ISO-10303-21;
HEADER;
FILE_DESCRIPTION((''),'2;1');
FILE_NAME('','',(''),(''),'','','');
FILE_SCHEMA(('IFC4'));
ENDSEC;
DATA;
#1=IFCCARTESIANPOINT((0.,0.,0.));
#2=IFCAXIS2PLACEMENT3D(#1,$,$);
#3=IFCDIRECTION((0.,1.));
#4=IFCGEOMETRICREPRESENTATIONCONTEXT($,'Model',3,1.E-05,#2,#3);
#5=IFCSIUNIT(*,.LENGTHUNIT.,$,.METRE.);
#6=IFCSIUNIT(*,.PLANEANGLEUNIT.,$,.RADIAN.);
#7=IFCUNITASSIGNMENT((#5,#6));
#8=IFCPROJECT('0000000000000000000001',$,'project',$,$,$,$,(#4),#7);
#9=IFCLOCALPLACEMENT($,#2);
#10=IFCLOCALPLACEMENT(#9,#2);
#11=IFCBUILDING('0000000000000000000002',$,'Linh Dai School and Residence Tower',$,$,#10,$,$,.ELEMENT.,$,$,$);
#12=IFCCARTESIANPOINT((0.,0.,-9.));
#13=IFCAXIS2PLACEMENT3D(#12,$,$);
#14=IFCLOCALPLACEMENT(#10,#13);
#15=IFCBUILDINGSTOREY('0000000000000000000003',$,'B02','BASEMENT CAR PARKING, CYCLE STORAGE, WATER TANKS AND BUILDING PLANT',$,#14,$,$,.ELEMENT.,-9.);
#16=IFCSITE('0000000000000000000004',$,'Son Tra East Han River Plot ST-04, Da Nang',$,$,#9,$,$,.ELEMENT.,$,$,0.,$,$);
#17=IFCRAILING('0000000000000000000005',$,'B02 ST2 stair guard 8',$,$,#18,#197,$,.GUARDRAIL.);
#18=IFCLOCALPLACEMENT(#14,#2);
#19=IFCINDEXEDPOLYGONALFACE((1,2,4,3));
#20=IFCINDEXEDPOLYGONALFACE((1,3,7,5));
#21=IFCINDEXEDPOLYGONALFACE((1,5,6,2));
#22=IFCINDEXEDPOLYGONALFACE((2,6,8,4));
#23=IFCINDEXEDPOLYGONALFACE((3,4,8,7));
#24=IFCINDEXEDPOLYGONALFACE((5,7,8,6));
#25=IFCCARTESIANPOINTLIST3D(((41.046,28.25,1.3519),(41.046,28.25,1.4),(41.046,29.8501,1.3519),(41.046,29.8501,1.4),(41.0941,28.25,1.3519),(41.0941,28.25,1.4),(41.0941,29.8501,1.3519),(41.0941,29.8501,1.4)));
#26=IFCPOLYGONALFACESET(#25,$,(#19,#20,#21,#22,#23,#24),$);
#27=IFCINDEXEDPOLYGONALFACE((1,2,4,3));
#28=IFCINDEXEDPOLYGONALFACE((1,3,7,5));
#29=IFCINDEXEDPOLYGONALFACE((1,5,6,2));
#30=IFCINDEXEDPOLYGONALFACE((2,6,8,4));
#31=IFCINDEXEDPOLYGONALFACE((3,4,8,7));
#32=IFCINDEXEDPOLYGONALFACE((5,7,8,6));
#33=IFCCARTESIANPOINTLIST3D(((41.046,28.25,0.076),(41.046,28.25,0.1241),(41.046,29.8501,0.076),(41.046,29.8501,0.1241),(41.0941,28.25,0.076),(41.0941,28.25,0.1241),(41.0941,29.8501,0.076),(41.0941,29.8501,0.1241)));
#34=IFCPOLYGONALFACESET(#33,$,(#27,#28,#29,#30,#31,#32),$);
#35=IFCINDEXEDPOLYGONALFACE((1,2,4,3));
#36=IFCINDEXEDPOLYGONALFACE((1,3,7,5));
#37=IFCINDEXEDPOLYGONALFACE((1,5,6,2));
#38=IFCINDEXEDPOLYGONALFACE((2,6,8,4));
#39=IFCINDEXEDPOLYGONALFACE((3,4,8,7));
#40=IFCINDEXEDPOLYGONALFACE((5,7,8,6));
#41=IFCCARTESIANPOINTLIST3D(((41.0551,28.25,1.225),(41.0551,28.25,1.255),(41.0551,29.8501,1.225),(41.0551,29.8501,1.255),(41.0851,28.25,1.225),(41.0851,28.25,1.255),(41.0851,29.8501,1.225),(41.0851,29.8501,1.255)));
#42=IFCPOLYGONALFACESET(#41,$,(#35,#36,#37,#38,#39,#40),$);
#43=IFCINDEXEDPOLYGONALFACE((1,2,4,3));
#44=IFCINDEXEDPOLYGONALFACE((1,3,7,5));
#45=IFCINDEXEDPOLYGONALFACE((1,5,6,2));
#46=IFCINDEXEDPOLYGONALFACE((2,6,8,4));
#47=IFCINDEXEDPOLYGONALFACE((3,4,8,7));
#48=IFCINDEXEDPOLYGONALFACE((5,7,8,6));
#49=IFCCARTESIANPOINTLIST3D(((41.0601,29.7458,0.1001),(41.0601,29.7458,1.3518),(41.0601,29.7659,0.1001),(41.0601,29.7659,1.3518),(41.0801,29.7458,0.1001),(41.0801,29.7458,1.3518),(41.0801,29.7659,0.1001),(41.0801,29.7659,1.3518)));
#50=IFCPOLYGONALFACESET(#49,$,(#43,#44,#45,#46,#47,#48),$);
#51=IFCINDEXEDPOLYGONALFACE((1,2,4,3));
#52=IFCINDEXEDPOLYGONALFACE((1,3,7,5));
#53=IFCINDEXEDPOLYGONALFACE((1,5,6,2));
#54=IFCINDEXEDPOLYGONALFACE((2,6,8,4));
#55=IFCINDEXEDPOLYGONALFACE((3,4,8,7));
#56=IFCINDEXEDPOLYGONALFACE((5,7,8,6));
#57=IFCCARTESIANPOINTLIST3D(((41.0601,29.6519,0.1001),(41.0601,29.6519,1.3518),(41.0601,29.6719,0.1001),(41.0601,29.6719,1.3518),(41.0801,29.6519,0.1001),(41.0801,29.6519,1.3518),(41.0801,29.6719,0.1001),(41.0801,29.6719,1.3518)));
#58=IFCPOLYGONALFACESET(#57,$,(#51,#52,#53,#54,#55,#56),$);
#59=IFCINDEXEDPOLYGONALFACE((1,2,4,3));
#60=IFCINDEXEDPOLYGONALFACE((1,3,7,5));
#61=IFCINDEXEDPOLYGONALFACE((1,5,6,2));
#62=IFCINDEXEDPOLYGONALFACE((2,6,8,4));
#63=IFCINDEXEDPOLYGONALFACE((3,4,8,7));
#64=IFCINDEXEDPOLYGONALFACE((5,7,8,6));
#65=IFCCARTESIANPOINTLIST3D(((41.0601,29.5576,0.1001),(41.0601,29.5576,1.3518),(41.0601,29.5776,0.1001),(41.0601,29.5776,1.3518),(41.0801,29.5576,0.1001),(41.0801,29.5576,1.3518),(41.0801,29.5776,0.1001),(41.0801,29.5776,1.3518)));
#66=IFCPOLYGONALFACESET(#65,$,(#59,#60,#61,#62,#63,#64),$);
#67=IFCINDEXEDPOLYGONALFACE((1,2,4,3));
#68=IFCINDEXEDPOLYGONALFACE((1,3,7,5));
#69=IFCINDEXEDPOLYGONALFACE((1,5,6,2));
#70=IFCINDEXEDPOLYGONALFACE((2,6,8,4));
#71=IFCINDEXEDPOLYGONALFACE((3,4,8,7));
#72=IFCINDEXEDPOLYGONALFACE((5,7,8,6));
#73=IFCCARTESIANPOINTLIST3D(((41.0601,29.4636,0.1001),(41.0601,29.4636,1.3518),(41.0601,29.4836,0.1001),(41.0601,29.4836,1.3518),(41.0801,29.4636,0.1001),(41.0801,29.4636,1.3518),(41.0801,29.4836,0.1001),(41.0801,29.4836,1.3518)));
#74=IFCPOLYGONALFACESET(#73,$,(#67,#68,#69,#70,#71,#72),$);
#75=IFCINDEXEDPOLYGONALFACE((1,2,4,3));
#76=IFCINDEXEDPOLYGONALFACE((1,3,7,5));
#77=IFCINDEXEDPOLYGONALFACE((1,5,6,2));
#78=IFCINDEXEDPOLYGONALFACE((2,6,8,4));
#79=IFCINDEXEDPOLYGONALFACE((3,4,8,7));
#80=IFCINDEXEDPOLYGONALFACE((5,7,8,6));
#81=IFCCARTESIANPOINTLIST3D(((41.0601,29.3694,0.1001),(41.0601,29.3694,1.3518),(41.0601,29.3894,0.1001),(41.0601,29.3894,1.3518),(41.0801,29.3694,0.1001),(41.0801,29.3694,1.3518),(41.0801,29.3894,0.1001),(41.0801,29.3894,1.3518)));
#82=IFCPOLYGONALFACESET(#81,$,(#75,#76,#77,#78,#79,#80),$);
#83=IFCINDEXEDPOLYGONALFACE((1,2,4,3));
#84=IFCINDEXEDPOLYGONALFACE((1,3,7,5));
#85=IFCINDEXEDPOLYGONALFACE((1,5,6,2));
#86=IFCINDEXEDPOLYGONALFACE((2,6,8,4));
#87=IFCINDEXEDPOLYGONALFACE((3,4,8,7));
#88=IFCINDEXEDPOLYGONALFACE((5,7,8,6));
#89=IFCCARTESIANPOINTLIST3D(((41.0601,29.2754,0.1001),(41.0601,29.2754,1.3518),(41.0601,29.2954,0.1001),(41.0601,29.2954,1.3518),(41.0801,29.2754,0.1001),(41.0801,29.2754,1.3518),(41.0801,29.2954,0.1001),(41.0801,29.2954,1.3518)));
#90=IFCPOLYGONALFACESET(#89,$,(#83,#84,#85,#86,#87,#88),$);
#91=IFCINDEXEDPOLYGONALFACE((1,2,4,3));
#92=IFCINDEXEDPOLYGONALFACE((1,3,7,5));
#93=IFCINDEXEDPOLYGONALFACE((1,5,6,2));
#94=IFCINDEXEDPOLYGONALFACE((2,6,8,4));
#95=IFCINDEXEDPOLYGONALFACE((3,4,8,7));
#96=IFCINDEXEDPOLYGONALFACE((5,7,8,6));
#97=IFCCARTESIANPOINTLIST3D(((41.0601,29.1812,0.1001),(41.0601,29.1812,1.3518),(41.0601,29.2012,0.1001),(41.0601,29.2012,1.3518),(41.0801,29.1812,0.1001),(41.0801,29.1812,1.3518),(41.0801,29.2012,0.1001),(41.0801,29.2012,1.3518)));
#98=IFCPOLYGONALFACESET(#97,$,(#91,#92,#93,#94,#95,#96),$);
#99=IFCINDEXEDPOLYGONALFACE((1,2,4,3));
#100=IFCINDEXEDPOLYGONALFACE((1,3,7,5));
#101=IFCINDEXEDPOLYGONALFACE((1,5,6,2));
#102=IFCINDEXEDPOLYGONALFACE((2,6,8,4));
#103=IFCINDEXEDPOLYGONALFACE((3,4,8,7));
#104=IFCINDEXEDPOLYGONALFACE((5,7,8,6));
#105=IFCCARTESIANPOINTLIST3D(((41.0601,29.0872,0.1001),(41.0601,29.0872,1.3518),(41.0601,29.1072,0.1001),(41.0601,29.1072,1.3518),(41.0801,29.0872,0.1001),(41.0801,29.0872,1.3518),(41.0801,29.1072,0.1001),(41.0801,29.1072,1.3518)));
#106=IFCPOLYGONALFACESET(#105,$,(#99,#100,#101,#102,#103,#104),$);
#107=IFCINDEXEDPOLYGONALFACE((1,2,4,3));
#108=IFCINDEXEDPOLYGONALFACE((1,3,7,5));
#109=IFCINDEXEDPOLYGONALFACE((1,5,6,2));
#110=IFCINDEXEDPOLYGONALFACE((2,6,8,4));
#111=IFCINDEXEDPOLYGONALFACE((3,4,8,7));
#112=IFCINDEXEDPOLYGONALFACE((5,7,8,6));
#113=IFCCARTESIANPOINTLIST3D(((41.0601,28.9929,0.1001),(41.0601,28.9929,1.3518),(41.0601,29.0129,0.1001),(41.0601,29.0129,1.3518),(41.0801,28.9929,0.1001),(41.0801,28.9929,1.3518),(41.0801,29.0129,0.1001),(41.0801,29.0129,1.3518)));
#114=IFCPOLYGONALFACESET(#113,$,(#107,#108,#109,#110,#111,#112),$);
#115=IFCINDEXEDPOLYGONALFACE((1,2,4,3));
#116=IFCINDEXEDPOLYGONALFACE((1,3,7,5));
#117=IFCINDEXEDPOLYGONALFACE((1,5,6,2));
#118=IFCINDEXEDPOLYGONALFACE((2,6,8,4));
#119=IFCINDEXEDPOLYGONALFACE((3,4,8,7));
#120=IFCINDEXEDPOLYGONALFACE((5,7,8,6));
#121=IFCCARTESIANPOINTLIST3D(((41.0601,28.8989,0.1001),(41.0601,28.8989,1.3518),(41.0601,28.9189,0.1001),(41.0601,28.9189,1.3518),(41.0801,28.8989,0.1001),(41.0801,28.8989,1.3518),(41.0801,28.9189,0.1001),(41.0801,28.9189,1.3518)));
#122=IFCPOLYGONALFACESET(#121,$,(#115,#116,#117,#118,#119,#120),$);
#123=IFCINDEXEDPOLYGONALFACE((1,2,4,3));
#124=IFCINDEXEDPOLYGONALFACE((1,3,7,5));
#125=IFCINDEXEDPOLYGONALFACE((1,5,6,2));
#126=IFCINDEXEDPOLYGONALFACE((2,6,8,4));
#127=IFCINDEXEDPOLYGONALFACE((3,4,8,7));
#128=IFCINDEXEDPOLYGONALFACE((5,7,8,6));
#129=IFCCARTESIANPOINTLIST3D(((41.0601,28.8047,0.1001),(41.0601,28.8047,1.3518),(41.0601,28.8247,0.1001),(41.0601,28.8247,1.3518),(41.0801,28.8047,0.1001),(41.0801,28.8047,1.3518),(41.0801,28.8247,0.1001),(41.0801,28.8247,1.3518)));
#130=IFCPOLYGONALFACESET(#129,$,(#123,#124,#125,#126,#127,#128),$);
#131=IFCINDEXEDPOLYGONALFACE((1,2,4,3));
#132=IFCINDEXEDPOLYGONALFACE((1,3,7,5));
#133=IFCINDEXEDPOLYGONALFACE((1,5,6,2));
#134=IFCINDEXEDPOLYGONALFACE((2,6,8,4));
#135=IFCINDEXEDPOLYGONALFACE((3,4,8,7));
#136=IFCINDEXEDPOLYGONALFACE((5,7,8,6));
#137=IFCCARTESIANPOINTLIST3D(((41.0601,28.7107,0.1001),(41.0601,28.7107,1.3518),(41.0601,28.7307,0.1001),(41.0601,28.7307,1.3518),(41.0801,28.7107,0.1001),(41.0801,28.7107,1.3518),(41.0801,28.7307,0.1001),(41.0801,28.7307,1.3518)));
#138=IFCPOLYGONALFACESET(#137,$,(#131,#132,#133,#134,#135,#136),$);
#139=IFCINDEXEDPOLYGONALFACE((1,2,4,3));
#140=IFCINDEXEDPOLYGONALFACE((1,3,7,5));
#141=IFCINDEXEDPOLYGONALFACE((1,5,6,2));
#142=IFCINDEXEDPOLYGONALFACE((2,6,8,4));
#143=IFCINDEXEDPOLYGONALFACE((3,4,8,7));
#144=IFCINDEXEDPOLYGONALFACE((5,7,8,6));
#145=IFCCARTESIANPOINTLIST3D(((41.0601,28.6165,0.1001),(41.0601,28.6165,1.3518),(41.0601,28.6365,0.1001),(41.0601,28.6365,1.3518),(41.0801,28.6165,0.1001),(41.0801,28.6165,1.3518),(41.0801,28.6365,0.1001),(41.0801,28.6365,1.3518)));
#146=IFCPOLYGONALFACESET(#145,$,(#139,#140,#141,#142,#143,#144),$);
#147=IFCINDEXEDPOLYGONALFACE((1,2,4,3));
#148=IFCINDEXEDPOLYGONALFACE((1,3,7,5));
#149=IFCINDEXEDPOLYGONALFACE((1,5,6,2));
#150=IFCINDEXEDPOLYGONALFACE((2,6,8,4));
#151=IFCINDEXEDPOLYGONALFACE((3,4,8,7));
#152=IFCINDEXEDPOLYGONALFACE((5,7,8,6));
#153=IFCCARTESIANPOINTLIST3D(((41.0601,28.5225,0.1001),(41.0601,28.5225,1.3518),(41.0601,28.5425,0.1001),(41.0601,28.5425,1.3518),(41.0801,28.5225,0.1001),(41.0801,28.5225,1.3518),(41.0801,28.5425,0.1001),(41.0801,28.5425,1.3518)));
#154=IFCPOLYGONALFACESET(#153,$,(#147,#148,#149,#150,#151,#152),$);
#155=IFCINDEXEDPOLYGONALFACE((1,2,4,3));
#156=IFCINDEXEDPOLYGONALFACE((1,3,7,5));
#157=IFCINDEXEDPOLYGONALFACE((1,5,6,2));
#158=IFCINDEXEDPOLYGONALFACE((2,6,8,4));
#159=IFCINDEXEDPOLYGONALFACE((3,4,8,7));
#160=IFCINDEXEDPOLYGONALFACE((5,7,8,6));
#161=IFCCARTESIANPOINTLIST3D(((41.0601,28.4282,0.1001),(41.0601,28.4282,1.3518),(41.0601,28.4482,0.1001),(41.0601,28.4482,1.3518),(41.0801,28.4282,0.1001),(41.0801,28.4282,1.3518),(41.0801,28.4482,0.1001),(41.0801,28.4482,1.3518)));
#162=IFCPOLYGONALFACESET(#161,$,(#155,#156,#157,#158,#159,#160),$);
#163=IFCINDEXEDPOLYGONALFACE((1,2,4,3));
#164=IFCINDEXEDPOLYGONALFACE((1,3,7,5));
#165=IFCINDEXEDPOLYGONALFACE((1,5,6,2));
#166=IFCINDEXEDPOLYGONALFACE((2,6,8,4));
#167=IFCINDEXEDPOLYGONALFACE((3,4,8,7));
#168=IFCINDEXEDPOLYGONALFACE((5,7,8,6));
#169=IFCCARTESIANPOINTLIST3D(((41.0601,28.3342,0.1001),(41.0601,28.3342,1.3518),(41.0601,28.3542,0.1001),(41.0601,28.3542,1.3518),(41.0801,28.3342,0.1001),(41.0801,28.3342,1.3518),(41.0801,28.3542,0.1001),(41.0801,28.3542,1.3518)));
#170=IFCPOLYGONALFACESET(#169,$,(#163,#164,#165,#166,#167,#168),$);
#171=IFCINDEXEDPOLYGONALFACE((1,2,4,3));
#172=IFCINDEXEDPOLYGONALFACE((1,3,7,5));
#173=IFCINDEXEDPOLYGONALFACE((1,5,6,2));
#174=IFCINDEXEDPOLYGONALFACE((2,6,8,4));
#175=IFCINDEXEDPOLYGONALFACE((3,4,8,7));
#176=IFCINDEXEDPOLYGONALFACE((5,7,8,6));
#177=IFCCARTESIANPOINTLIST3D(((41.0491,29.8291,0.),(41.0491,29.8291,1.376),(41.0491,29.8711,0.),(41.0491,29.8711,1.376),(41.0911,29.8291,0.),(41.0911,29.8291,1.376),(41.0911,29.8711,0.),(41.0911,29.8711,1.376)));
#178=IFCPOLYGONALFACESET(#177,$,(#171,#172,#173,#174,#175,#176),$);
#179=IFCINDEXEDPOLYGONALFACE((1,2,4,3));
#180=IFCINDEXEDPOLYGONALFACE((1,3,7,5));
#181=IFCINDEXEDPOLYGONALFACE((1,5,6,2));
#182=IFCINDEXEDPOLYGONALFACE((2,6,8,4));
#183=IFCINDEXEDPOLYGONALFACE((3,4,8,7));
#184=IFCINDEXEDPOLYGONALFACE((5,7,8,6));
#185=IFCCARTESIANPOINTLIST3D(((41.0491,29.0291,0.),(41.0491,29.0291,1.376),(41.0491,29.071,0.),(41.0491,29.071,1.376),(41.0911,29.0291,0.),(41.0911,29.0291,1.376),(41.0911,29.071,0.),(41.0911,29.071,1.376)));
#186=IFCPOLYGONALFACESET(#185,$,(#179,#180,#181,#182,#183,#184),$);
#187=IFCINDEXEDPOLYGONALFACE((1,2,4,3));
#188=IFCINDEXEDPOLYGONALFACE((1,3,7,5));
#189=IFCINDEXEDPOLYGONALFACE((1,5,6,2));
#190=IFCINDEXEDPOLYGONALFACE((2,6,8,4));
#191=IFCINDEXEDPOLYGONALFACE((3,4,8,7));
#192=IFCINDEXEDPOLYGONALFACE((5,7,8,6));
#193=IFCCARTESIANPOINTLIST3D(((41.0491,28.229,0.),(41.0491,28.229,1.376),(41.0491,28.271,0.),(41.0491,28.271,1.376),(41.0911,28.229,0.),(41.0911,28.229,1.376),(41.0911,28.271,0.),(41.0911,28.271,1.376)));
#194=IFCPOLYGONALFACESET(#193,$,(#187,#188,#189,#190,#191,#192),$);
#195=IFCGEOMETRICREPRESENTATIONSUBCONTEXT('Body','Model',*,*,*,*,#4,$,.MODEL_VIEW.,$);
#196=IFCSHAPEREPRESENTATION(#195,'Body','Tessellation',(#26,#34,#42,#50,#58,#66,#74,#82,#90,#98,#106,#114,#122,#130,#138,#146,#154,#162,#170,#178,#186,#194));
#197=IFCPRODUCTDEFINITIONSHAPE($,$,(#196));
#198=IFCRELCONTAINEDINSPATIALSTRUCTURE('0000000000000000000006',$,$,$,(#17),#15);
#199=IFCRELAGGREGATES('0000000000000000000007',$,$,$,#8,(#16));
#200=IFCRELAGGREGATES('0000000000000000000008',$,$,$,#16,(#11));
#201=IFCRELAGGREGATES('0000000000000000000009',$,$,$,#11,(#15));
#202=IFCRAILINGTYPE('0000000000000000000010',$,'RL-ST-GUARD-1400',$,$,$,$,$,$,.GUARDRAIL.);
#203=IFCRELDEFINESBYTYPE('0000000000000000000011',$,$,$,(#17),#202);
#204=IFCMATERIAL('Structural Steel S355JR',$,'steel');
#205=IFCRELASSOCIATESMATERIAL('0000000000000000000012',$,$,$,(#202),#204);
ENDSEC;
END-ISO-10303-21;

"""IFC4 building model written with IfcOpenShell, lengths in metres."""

from ifc_helpers import new_model, si_unit, direction, frame, origin, origin_2d, place, context, subcontext, project, spatial, rectangle, extrude, source, transform, mapped, material, type_object, element, save


model = new_model("IFC4")

# Units and contexts
model_context = context("Model", 3, precision=1e-05, world=origin(), true_north=direction((0.0, 1.0)))
body_context = subcontext(model_context, "Body", "Model", "MODEL_VIEW")
ifc_project = project(units=[si_unit("LENGTHUNIT", "METRE"), si_unit("PLANEANGLEUNIT", "RADIAN")], contexts=[model_context])

# Site, building, storey
site_placement = place(None, origin())
site = spatial("IfcSite", under=ifc_project, at=site_placement, Name="Son Tra East Han River Plot ST-04, Da Nang", CompositionType="ELEMENT", RefElevation=0.0)
building_placement = place(site_placement, origin())
building = spatial("IfcBuilding", under=site, at=building_placement, Name="Linh Dai School and Residence Tower", CompositionType="ELEMENT")
storey_placement = place(building_placement, frame((0.0, 0.0, -9.0)))
storey = spatial("IfcBuildingStorey", under=building, at=storey_placement, Name="B02", Description="BASEMENT CAR PARKING, CYCLE STORAGE, WATER TANKS AND BUILDING PLANT", CompositionType="ELEMENT", Elevation=-9.0)

# Shared definitions
ifc_material_1 = material(Name="Structural Steel S355JR", Category="steel")

# Railing
railing_type_1 = type_object("IfcRailingType", Name="RL-ST-GUARD-1400", PredefinedType="GUARDRAIL", material=ifc_material_1)
shared_shape_1 = source(origin(), body_context, "Body", "SweptSolid", [
    extrude(rectangle(XDim=0.0481, YDim=0.0481, at=origin_2d()), frame((0.0, 0.0, 1.376), z_axis=(0.0, -1.0, 0.0), x_axis=(1.0, 0.0, 0.0)), (0.0, 0.0, 1.0), 1.6001),
    extrude(rectangle(XDim=0.0481, YDim=0.0481, at=origin_2d()), frame((0.0, 0.0, 0.1001), z_axis=(0.0, -1.0, 0.0), x_axis=(1.0, 0.0, 0.0)), (0.0, 0.0, 1.0), 1.6001),
    extrude(rectangle(XDim=0.03, YDim=0.03, at=origin_2d()), frame((0.0, 0.0, 1.24), z_axis=(0.0, -1.0, 0.0), x_axis=(1.0, 0.0, 0.0)), (0.0, 0.0, 1.0), 1.6001),
    extrude(rectangle(XDim=0.02, YDim=0.02, at=origin_2d()), frame((0.0, -0.0942, 0.1001)), (0.0, 0.0, 1.0), 1.2517),
    extrude(rectangle(XDim=0.02, YDim=0.02, at=origin_2d()), frame((0.0, -0.1882, 0.1001)), (0.0, 0.0, 1.0), 1.2517),
    extrude(rectangle(XDim=0.02, YDim=0.02, at=origin_2d()), frame((0.0, -0.2825, 0.1001)), (0.0, 0.0, 1.0), 1.2517),
    extrude(rectangle(XDim=0.02, YDim=0.02, at=origin_2d()), frame((0.0, -0.3765, 0.1001)), (0.0, 0.0, 1.0), 1.2517),
    extrude(rectangle(XDim=0.02, YDim=0.02, at=origin_2d()), frame((0.0, -0.4707, 0.1001)), (0.0, 0.0, 1.0), 1.2517),
    extrude(rectangle(XDim=0.02, YDim=0.02, at=origin_2d()), frame((0.0, -0.5647, 0.1001)), (0.0, 0.0, 1.0), 1.2517),
    extrude(rectangle(XDim=0.02, YDim=0.02, at=origin_2d()), frame((0.0, -0.6589, 0.1001)), (0.0, 0.0, 1.0), 1.2517),
    extrude(rectangle(XDim=0.02, YDim=0.02, at=origin_2d()), frame((0.0, -0.7529, 0.1001)), (0.0, 0.0, 1.0), 1.2517),
    extrude(rectangle(XDim=0.02, YDim=0.02, at=origin_2d()), frame((0.0, -0.8472, 0.1001)), (0.0, 0.0, 1.0), 1.2517),
    extrude(rectangle(XDim=0.02, YDim=0.02, at=origin_2d()), frame((0.0, -0.9412, 0.1001)), (0.0, 0.0, 1.0), 1.2517),
    extrude(rectangle(XDim=0.02, YDim=0.02, at=origin_2d()), frame((0.0, -1.0354, 0.1001)), (0.0, 0.0, 1.0), 1.2517),
    extrude(rectangle(XDim=0.02, YDim=0.02, at=origin_2d()), frame((0.0, -1.1294, 0.1001)), (0.0, 0.0, 1.0), 1.2517),
    extrude(rectangle(XDim=0.02, YDim=0.02, at=origin_2d()), frame((0.0, -1.2236, 0.1001)), (0.0, 0.0, 1.0), 1.2517),
    extrude(rectangle(XDim=0.02, YDim=0.02, at=origin_2d()), frame((0.0, -1.3176, 0.1001)), (0.0, 0.0, 1.0), 1.2517),
    extrude(rectangle(XDim=0.02, YDim=0.02, at=origin_2d()), frame((0.0, -1.4119, 0.1001)), (0.0, 0.0, 1.0), 1.2517),
    extrude(rectangle(XDim=0.02, YDim=0.02, at=origin_2d()), frame((0.0, -1.5059, 0.1001)), (0.0, 0.0, 1.0), 1.2517),
    extrude(rectangle(XDim=0.042, YDim=0.042, at=origin_2d()), origin(), (0.0, 0.0, 1.0), 1.376),
    extrude(rectangle(XDim=0.042, YDim=0.042, at=origin_2d()), frame((0.0, -0.8, 0.0)), (0.0, 0.0, 1.0), 1.376),
    extrude(rectangle(XDim=0.042, YDim=0.042, at=origin_2d()), frame((0.0, -1.6001, 0.0)), (0.0, 0.0, 1.0), 1.376),
])
for number, where, name in (
    (1, (41.0701, 29.8501, 0.0), "B02 ST2 stair guard 8"),
):
    element("IfcRailing", number, at=place(storey_placement, frame(where)), inside=storey, type_object=railing_type_1, Name=name, PredefinedType="GUARDRAIL", context=body_context, shape_type="MappedRepresentation", body=[
        mapped(shared_shape_1, transform((0.0, 0.0, 0.0), x_axis=(1.0, 0.0, 0.0), y_axis=(0.0, 1.0, 0.0), z_axis=(0.0, 0.0, 1.0), scale=1.0)),
    ])

save(model, "model.ifc")
